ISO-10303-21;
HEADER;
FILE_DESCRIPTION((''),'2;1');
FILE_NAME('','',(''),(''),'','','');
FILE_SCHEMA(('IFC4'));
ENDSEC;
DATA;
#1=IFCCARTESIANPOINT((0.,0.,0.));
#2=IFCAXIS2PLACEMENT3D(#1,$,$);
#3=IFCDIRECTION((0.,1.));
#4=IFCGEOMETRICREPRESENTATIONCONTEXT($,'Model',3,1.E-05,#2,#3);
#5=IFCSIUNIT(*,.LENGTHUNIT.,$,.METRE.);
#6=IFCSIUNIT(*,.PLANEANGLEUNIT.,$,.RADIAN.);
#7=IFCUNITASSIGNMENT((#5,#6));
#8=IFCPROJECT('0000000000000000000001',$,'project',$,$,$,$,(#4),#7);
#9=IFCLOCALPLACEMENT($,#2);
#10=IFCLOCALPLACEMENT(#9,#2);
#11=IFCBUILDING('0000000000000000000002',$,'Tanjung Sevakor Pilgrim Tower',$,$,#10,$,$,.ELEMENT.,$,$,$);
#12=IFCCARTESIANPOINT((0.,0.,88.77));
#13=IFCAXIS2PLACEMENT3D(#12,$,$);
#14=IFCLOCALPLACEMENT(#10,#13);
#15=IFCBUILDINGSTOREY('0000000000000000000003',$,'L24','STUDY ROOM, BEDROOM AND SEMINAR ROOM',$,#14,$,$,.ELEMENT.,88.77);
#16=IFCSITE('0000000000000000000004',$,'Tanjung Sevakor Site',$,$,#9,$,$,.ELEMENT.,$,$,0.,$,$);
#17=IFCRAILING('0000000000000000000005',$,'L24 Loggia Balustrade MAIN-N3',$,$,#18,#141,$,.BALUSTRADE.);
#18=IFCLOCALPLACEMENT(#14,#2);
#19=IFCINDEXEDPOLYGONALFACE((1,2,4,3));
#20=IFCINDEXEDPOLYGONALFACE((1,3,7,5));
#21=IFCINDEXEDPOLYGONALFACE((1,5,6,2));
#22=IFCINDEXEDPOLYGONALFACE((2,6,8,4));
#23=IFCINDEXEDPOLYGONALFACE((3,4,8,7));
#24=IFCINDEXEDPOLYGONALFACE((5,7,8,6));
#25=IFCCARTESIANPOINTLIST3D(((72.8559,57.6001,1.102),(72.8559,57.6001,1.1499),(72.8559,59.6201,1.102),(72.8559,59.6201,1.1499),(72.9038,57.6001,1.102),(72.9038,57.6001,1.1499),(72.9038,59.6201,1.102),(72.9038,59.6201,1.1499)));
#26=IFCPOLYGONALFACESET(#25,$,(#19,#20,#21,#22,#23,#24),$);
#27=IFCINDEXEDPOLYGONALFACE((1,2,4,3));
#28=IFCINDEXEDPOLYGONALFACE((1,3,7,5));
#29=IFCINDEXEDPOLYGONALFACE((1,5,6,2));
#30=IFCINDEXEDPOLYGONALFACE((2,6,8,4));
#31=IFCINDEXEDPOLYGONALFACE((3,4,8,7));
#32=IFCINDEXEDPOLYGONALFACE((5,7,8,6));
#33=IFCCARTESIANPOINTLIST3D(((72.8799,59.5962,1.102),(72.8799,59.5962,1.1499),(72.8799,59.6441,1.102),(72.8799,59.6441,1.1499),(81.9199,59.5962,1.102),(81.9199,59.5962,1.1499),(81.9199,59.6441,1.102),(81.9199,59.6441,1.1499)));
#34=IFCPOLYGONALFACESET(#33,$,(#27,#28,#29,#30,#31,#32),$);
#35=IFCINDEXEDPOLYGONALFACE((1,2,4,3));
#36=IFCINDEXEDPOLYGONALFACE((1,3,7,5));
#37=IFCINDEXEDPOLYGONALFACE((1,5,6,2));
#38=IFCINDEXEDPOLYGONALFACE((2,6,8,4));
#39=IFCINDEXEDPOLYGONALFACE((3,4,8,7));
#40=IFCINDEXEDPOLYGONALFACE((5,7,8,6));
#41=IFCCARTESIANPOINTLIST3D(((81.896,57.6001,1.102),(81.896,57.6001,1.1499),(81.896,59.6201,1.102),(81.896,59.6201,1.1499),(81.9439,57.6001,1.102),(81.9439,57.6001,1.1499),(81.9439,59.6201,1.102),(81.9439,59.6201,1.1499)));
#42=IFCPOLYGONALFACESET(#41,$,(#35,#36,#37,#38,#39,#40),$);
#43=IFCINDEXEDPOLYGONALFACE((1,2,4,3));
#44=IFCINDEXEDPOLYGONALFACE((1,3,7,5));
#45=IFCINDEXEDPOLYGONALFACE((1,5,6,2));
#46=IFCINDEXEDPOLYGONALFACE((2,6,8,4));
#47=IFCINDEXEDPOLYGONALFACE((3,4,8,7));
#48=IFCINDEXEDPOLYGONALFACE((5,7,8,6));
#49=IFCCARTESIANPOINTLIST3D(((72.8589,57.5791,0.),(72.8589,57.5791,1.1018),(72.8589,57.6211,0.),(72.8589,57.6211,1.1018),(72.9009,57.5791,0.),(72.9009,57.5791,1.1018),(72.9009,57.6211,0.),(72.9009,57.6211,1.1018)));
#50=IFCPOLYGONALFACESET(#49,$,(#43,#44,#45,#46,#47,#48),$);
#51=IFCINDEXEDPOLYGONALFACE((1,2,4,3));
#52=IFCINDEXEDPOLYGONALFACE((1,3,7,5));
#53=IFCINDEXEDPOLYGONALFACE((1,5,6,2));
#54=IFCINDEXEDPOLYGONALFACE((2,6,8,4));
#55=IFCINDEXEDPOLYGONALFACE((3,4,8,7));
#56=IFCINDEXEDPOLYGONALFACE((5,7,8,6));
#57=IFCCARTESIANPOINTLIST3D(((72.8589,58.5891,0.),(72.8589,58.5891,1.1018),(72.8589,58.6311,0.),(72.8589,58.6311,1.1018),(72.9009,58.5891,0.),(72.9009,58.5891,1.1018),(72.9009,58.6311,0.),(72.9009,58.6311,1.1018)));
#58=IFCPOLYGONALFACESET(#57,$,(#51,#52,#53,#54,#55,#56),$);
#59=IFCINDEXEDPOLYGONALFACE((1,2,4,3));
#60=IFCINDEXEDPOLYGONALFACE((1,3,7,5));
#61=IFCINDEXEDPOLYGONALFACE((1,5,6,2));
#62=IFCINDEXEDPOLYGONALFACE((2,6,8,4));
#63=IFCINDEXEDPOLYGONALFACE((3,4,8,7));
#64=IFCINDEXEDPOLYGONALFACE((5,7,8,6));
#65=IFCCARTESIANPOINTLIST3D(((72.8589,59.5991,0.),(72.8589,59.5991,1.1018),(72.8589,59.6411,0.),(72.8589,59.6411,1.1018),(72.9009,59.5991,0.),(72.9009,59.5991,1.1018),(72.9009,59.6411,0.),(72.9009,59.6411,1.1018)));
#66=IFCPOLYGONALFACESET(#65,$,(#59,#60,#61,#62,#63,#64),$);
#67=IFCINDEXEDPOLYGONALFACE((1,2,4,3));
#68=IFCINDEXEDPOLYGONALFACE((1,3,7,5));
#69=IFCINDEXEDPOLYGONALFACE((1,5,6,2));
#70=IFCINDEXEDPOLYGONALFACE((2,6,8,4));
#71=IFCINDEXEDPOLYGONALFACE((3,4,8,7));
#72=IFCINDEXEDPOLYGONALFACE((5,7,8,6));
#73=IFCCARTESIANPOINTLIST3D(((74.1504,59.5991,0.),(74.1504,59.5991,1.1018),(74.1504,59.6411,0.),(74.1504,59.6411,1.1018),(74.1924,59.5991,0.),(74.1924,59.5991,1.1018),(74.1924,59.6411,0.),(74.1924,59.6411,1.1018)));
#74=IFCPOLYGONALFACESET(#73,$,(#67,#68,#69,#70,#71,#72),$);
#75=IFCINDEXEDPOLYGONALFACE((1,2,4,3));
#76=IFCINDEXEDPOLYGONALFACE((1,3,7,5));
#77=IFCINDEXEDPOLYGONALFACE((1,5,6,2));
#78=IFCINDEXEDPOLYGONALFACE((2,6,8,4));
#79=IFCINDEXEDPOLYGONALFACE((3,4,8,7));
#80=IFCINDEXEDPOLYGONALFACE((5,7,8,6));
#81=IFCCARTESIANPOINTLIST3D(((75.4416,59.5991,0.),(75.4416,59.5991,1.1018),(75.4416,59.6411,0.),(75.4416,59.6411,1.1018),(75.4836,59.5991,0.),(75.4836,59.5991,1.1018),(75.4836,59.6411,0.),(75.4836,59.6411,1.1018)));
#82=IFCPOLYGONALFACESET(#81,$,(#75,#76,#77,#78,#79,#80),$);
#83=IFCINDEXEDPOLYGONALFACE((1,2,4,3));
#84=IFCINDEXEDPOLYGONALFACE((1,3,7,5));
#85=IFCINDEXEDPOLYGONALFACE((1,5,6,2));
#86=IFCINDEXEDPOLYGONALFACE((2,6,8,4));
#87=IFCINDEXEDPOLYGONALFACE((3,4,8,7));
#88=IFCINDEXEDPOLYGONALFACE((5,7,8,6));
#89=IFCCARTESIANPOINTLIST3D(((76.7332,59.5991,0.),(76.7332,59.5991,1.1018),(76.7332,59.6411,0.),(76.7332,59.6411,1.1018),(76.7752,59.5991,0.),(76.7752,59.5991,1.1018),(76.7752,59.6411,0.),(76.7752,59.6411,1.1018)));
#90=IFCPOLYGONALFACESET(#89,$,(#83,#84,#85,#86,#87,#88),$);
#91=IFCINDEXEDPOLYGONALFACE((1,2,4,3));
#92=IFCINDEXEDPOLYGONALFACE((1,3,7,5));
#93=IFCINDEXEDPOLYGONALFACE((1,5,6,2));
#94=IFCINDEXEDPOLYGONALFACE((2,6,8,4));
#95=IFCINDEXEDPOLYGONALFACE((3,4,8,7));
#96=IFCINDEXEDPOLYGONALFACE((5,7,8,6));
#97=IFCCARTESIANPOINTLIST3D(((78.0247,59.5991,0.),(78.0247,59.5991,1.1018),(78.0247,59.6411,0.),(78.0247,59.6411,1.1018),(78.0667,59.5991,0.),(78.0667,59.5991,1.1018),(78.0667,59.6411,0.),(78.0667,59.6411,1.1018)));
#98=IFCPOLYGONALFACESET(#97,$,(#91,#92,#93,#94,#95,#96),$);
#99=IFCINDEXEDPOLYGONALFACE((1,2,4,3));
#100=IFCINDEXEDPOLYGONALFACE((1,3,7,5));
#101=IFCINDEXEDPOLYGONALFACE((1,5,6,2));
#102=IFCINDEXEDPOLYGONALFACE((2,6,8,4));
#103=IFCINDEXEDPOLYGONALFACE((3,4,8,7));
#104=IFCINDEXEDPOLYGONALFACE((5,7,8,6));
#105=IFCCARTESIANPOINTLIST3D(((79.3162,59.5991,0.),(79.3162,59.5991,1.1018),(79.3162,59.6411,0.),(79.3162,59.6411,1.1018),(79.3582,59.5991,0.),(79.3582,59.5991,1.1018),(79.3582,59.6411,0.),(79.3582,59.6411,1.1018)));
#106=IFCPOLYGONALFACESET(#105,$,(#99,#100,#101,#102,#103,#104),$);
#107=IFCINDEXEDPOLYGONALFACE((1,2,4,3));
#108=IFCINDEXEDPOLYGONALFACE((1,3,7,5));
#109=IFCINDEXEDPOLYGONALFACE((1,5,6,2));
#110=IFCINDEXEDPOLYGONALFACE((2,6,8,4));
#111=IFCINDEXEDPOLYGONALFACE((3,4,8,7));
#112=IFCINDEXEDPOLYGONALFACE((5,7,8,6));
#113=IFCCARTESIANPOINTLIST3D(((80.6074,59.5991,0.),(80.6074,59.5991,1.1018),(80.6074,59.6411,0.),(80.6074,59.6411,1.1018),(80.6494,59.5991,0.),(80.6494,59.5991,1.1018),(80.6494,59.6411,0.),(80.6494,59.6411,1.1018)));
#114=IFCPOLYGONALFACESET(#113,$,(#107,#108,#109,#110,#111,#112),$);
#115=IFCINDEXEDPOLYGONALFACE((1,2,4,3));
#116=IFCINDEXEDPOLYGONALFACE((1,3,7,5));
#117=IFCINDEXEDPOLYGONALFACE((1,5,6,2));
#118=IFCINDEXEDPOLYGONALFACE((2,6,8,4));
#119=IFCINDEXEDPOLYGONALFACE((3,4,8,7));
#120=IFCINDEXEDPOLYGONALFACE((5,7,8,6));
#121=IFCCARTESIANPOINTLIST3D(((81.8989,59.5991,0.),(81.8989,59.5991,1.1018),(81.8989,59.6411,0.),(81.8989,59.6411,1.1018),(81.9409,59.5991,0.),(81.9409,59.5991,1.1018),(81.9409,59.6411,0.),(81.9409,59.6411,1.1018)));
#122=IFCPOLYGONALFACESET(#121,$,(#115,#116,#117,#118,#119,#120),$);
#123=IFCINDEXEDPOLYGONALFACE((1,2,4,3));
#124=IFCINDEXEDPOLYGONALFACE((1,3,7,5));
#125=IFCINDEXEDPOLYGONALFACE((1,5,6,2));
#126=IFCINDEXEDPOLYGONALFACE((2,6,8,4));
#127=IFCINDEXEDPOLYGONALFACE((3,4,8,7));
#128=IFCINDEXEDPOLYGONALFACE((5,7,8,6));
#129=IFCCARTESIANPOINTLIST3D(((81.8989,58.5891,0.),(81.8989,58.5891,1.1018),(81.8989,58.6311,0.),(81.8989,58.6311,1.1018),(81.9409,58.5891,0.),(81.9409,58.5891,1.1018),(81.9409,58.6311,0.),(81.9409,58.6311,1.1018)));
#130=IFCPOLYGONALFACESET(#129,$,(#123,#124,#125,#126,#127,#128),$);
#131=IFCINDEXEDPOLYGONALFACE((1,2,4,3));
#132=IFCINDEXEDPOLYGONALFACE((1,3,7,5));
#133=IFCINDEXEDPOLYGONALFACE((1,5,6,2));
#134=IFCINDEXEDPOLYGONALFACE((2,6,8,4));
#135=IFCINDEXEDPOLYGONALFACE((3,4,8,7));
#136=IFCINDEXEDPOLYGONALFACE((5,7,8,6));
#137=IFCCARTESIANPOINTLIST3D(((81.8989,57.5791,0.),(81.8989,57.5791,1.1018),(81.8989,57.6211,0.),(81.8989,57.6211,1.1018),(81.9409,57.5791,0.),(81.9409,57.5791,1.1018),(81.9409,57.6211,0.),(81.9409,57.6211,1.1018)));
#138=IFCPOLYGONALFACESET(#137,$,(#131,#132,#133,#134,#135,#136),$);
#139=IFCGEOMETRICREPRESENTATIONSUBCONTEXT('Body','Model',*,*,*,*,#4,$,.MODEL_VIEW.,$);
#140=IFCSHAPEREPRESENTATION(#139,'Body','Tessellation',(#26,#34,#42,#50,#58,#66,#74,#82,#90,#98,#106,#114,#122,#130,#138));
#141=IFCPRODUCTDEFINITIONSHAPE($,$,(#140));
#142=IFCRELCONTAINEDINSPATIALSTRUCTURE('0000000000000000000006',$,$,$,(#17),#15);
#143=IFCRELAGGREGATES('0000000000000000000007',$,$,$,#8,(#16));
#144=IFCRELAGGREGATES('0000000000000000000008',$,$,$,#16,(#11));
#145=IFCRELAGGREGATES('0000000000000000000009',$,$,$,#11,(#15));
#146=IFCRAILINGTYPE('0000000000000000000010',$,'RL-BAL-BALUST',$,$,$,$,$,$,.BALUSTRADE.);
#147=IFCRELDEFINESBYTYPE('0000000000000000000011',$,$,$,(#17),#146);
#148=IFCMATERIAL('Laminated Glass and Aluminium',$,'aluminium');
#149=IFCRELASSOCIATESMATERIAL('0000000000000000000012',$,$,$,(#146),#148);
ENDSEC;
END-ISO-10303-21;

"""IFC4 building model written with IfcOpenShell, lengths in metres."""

from ifc_helpers import new_model, si_unit, direction, frame, origin, place, context, subcontext, project, spatial, rectangle, extrude, material, type_object, element, save


model = new_model("IFC4")

# Units and contexts
model_context = context("Model", 3, precision=1e-05, world=origin(), true_north=direction((0.0, 1.0)))
body_context = subcontext(model_context, "Body", "Model", "MODEL_VIEW")
ifc_project = project(units=[si_unit("LENGTHUNIT", "METRE"), si_unit("PLANEANGLEUNIT", "RADIAN")], contexts=[model_context])

# Site, building, storey
site_placement = place(None, origin())
site = spatial("IfcSite", under=ifc_project, at=site_placement, Name="Tanjung Sevakor Site", CompositionType="ELEMENT", RefElevation=0.0)
building_placement = place(site_placement, origin())
building = spatial("IfcBuilding", under=site, at=building_placement, Name="Tanjung Sevakor Pilgrim Tower", CompositionType="ELEMENT")
storey_placement = place(building_placement, frame((0.0, 0.0, 88.77)))
storey = spatial("IfcBuildingStorey", under=building, at=storey_placement, Name="L24", Description="STUDY ROOM, BEDROOM AND SEMINAR ROOM", CompositionType="ELEMENT", Elevation=88.77)

# Railing
ifc_material_1 = material(Name="Laminated Glass and Aluminium", Category="aluminium")
railing_type = type_object("IfcRailingType", Name="RL-BAL-BALUST", PredefinedType="BALUSTRADE", material=ifc_material_1)
railing_1_placement = place(storey_placement, frame((72.8799, 57.6001, 0.0)))
element("IfcRailing", 1, at=railing_1_placement, inside=storey, type_object=railing_type, Name="L24 Loggia Balustrade MAIN-N3", PredefinedType="BALUSTRADE", context=body_context, shape_type="SweptSolid", body=[
    extrude(rectangle(XDim=0.0479, YDim=0.0479), frame((0.0, 0.0, 1.126), z_axis=(0.0, 1.0, 0.0), x_axis=(-1.0, 0.0, 0.0)), (0.0, 0.0, 1.0), 2.02),
    extrude(rectangle(XDim=0.0479, YDim=0.0479), frame((0.0, 2.02, 1.126), z_axis=(1.0, 0.0, 0.0), x_axis=(0.0, 1.0, 0.0)), (0.0, 0.0, 1.0), 9.04),
    extrude(rectangle(XDim=0.0479, YDim=0.0479), frame((9.04, 2.02, 1.126), z_axis=(0.0, -1.0, 0.0), x_axis=(1.0, 0.0, 0.0)), (0.0, 0.0, 1.0), 2.02),
    extrude(rectangle(XDim=0.042, YDim=0.042), origin(), (0.0, 0.0, 1.0), 1.1018),
    extrude(rectangle(XDim=0.042, YDim=0.042), frame((0.0, 1.01, 0.0)), (0.0, 0.0, 1.0), 1.1018),
    extrude(rectangle(XDim=0.042, YDim=0.042), frame((0.0, 2.02, 0.0)), (0.0, 0.0, 1.0), 1.1018),
    extrude(rectangle(XDim=0.042, YDim=0.042), frame((1.2915, 2.02, 0.0)), (0.0, 0.0, 1.0), 1.1018),
    extrude(rectangle(XDim=0.042, YDim=0.042), frame((2.5828, 2.02, 0.0)), (0.0, 0.0, 1.0), 1.1018),
    extrude(rectangle(XDim=0.042, YDim=0.042), frame((3.8743, 2.02, 0.0)), (0.0, 0.0, 1.0), 1.1018),
    extrude(rectangle(XDim=0.042, YDim=0.042), frame((5.1658, 2.02, 0.0)), (0.0, 0.0, 1.0), 1.1018),
    extrude(rectangle(XDim=0.042, YDim=0.042), frame((6.4573, 2.02, 0.0)), (0.0, 0.0, 1.0), 1.1018),
    extrude(rectangle(XDim=0.042, YDim=0.042), frame((7.7485, 2.02, 0.0)), (0.0, 0.0, 1.0), 1.1018),
    extrude(rectangle(XDim=0.042, YDim=0.042), frame((9.04, 2.02, 0.0)), (0.0, 0.0, 1.0), 1.1018),
    extrude(rectangle(XDim=0.042, YDim=0.042), frame((9.04, 1.01, 0.0)), (0.0, 0.0, 1.0), 1.1018),
    extrude(rectangle(XDim=0.042, YDim=0.042), frame((9.04, 0.0, 0.0)), (0.0, 0.0, 1.0), 1.1018),
])

save(model, "model.ifc")
